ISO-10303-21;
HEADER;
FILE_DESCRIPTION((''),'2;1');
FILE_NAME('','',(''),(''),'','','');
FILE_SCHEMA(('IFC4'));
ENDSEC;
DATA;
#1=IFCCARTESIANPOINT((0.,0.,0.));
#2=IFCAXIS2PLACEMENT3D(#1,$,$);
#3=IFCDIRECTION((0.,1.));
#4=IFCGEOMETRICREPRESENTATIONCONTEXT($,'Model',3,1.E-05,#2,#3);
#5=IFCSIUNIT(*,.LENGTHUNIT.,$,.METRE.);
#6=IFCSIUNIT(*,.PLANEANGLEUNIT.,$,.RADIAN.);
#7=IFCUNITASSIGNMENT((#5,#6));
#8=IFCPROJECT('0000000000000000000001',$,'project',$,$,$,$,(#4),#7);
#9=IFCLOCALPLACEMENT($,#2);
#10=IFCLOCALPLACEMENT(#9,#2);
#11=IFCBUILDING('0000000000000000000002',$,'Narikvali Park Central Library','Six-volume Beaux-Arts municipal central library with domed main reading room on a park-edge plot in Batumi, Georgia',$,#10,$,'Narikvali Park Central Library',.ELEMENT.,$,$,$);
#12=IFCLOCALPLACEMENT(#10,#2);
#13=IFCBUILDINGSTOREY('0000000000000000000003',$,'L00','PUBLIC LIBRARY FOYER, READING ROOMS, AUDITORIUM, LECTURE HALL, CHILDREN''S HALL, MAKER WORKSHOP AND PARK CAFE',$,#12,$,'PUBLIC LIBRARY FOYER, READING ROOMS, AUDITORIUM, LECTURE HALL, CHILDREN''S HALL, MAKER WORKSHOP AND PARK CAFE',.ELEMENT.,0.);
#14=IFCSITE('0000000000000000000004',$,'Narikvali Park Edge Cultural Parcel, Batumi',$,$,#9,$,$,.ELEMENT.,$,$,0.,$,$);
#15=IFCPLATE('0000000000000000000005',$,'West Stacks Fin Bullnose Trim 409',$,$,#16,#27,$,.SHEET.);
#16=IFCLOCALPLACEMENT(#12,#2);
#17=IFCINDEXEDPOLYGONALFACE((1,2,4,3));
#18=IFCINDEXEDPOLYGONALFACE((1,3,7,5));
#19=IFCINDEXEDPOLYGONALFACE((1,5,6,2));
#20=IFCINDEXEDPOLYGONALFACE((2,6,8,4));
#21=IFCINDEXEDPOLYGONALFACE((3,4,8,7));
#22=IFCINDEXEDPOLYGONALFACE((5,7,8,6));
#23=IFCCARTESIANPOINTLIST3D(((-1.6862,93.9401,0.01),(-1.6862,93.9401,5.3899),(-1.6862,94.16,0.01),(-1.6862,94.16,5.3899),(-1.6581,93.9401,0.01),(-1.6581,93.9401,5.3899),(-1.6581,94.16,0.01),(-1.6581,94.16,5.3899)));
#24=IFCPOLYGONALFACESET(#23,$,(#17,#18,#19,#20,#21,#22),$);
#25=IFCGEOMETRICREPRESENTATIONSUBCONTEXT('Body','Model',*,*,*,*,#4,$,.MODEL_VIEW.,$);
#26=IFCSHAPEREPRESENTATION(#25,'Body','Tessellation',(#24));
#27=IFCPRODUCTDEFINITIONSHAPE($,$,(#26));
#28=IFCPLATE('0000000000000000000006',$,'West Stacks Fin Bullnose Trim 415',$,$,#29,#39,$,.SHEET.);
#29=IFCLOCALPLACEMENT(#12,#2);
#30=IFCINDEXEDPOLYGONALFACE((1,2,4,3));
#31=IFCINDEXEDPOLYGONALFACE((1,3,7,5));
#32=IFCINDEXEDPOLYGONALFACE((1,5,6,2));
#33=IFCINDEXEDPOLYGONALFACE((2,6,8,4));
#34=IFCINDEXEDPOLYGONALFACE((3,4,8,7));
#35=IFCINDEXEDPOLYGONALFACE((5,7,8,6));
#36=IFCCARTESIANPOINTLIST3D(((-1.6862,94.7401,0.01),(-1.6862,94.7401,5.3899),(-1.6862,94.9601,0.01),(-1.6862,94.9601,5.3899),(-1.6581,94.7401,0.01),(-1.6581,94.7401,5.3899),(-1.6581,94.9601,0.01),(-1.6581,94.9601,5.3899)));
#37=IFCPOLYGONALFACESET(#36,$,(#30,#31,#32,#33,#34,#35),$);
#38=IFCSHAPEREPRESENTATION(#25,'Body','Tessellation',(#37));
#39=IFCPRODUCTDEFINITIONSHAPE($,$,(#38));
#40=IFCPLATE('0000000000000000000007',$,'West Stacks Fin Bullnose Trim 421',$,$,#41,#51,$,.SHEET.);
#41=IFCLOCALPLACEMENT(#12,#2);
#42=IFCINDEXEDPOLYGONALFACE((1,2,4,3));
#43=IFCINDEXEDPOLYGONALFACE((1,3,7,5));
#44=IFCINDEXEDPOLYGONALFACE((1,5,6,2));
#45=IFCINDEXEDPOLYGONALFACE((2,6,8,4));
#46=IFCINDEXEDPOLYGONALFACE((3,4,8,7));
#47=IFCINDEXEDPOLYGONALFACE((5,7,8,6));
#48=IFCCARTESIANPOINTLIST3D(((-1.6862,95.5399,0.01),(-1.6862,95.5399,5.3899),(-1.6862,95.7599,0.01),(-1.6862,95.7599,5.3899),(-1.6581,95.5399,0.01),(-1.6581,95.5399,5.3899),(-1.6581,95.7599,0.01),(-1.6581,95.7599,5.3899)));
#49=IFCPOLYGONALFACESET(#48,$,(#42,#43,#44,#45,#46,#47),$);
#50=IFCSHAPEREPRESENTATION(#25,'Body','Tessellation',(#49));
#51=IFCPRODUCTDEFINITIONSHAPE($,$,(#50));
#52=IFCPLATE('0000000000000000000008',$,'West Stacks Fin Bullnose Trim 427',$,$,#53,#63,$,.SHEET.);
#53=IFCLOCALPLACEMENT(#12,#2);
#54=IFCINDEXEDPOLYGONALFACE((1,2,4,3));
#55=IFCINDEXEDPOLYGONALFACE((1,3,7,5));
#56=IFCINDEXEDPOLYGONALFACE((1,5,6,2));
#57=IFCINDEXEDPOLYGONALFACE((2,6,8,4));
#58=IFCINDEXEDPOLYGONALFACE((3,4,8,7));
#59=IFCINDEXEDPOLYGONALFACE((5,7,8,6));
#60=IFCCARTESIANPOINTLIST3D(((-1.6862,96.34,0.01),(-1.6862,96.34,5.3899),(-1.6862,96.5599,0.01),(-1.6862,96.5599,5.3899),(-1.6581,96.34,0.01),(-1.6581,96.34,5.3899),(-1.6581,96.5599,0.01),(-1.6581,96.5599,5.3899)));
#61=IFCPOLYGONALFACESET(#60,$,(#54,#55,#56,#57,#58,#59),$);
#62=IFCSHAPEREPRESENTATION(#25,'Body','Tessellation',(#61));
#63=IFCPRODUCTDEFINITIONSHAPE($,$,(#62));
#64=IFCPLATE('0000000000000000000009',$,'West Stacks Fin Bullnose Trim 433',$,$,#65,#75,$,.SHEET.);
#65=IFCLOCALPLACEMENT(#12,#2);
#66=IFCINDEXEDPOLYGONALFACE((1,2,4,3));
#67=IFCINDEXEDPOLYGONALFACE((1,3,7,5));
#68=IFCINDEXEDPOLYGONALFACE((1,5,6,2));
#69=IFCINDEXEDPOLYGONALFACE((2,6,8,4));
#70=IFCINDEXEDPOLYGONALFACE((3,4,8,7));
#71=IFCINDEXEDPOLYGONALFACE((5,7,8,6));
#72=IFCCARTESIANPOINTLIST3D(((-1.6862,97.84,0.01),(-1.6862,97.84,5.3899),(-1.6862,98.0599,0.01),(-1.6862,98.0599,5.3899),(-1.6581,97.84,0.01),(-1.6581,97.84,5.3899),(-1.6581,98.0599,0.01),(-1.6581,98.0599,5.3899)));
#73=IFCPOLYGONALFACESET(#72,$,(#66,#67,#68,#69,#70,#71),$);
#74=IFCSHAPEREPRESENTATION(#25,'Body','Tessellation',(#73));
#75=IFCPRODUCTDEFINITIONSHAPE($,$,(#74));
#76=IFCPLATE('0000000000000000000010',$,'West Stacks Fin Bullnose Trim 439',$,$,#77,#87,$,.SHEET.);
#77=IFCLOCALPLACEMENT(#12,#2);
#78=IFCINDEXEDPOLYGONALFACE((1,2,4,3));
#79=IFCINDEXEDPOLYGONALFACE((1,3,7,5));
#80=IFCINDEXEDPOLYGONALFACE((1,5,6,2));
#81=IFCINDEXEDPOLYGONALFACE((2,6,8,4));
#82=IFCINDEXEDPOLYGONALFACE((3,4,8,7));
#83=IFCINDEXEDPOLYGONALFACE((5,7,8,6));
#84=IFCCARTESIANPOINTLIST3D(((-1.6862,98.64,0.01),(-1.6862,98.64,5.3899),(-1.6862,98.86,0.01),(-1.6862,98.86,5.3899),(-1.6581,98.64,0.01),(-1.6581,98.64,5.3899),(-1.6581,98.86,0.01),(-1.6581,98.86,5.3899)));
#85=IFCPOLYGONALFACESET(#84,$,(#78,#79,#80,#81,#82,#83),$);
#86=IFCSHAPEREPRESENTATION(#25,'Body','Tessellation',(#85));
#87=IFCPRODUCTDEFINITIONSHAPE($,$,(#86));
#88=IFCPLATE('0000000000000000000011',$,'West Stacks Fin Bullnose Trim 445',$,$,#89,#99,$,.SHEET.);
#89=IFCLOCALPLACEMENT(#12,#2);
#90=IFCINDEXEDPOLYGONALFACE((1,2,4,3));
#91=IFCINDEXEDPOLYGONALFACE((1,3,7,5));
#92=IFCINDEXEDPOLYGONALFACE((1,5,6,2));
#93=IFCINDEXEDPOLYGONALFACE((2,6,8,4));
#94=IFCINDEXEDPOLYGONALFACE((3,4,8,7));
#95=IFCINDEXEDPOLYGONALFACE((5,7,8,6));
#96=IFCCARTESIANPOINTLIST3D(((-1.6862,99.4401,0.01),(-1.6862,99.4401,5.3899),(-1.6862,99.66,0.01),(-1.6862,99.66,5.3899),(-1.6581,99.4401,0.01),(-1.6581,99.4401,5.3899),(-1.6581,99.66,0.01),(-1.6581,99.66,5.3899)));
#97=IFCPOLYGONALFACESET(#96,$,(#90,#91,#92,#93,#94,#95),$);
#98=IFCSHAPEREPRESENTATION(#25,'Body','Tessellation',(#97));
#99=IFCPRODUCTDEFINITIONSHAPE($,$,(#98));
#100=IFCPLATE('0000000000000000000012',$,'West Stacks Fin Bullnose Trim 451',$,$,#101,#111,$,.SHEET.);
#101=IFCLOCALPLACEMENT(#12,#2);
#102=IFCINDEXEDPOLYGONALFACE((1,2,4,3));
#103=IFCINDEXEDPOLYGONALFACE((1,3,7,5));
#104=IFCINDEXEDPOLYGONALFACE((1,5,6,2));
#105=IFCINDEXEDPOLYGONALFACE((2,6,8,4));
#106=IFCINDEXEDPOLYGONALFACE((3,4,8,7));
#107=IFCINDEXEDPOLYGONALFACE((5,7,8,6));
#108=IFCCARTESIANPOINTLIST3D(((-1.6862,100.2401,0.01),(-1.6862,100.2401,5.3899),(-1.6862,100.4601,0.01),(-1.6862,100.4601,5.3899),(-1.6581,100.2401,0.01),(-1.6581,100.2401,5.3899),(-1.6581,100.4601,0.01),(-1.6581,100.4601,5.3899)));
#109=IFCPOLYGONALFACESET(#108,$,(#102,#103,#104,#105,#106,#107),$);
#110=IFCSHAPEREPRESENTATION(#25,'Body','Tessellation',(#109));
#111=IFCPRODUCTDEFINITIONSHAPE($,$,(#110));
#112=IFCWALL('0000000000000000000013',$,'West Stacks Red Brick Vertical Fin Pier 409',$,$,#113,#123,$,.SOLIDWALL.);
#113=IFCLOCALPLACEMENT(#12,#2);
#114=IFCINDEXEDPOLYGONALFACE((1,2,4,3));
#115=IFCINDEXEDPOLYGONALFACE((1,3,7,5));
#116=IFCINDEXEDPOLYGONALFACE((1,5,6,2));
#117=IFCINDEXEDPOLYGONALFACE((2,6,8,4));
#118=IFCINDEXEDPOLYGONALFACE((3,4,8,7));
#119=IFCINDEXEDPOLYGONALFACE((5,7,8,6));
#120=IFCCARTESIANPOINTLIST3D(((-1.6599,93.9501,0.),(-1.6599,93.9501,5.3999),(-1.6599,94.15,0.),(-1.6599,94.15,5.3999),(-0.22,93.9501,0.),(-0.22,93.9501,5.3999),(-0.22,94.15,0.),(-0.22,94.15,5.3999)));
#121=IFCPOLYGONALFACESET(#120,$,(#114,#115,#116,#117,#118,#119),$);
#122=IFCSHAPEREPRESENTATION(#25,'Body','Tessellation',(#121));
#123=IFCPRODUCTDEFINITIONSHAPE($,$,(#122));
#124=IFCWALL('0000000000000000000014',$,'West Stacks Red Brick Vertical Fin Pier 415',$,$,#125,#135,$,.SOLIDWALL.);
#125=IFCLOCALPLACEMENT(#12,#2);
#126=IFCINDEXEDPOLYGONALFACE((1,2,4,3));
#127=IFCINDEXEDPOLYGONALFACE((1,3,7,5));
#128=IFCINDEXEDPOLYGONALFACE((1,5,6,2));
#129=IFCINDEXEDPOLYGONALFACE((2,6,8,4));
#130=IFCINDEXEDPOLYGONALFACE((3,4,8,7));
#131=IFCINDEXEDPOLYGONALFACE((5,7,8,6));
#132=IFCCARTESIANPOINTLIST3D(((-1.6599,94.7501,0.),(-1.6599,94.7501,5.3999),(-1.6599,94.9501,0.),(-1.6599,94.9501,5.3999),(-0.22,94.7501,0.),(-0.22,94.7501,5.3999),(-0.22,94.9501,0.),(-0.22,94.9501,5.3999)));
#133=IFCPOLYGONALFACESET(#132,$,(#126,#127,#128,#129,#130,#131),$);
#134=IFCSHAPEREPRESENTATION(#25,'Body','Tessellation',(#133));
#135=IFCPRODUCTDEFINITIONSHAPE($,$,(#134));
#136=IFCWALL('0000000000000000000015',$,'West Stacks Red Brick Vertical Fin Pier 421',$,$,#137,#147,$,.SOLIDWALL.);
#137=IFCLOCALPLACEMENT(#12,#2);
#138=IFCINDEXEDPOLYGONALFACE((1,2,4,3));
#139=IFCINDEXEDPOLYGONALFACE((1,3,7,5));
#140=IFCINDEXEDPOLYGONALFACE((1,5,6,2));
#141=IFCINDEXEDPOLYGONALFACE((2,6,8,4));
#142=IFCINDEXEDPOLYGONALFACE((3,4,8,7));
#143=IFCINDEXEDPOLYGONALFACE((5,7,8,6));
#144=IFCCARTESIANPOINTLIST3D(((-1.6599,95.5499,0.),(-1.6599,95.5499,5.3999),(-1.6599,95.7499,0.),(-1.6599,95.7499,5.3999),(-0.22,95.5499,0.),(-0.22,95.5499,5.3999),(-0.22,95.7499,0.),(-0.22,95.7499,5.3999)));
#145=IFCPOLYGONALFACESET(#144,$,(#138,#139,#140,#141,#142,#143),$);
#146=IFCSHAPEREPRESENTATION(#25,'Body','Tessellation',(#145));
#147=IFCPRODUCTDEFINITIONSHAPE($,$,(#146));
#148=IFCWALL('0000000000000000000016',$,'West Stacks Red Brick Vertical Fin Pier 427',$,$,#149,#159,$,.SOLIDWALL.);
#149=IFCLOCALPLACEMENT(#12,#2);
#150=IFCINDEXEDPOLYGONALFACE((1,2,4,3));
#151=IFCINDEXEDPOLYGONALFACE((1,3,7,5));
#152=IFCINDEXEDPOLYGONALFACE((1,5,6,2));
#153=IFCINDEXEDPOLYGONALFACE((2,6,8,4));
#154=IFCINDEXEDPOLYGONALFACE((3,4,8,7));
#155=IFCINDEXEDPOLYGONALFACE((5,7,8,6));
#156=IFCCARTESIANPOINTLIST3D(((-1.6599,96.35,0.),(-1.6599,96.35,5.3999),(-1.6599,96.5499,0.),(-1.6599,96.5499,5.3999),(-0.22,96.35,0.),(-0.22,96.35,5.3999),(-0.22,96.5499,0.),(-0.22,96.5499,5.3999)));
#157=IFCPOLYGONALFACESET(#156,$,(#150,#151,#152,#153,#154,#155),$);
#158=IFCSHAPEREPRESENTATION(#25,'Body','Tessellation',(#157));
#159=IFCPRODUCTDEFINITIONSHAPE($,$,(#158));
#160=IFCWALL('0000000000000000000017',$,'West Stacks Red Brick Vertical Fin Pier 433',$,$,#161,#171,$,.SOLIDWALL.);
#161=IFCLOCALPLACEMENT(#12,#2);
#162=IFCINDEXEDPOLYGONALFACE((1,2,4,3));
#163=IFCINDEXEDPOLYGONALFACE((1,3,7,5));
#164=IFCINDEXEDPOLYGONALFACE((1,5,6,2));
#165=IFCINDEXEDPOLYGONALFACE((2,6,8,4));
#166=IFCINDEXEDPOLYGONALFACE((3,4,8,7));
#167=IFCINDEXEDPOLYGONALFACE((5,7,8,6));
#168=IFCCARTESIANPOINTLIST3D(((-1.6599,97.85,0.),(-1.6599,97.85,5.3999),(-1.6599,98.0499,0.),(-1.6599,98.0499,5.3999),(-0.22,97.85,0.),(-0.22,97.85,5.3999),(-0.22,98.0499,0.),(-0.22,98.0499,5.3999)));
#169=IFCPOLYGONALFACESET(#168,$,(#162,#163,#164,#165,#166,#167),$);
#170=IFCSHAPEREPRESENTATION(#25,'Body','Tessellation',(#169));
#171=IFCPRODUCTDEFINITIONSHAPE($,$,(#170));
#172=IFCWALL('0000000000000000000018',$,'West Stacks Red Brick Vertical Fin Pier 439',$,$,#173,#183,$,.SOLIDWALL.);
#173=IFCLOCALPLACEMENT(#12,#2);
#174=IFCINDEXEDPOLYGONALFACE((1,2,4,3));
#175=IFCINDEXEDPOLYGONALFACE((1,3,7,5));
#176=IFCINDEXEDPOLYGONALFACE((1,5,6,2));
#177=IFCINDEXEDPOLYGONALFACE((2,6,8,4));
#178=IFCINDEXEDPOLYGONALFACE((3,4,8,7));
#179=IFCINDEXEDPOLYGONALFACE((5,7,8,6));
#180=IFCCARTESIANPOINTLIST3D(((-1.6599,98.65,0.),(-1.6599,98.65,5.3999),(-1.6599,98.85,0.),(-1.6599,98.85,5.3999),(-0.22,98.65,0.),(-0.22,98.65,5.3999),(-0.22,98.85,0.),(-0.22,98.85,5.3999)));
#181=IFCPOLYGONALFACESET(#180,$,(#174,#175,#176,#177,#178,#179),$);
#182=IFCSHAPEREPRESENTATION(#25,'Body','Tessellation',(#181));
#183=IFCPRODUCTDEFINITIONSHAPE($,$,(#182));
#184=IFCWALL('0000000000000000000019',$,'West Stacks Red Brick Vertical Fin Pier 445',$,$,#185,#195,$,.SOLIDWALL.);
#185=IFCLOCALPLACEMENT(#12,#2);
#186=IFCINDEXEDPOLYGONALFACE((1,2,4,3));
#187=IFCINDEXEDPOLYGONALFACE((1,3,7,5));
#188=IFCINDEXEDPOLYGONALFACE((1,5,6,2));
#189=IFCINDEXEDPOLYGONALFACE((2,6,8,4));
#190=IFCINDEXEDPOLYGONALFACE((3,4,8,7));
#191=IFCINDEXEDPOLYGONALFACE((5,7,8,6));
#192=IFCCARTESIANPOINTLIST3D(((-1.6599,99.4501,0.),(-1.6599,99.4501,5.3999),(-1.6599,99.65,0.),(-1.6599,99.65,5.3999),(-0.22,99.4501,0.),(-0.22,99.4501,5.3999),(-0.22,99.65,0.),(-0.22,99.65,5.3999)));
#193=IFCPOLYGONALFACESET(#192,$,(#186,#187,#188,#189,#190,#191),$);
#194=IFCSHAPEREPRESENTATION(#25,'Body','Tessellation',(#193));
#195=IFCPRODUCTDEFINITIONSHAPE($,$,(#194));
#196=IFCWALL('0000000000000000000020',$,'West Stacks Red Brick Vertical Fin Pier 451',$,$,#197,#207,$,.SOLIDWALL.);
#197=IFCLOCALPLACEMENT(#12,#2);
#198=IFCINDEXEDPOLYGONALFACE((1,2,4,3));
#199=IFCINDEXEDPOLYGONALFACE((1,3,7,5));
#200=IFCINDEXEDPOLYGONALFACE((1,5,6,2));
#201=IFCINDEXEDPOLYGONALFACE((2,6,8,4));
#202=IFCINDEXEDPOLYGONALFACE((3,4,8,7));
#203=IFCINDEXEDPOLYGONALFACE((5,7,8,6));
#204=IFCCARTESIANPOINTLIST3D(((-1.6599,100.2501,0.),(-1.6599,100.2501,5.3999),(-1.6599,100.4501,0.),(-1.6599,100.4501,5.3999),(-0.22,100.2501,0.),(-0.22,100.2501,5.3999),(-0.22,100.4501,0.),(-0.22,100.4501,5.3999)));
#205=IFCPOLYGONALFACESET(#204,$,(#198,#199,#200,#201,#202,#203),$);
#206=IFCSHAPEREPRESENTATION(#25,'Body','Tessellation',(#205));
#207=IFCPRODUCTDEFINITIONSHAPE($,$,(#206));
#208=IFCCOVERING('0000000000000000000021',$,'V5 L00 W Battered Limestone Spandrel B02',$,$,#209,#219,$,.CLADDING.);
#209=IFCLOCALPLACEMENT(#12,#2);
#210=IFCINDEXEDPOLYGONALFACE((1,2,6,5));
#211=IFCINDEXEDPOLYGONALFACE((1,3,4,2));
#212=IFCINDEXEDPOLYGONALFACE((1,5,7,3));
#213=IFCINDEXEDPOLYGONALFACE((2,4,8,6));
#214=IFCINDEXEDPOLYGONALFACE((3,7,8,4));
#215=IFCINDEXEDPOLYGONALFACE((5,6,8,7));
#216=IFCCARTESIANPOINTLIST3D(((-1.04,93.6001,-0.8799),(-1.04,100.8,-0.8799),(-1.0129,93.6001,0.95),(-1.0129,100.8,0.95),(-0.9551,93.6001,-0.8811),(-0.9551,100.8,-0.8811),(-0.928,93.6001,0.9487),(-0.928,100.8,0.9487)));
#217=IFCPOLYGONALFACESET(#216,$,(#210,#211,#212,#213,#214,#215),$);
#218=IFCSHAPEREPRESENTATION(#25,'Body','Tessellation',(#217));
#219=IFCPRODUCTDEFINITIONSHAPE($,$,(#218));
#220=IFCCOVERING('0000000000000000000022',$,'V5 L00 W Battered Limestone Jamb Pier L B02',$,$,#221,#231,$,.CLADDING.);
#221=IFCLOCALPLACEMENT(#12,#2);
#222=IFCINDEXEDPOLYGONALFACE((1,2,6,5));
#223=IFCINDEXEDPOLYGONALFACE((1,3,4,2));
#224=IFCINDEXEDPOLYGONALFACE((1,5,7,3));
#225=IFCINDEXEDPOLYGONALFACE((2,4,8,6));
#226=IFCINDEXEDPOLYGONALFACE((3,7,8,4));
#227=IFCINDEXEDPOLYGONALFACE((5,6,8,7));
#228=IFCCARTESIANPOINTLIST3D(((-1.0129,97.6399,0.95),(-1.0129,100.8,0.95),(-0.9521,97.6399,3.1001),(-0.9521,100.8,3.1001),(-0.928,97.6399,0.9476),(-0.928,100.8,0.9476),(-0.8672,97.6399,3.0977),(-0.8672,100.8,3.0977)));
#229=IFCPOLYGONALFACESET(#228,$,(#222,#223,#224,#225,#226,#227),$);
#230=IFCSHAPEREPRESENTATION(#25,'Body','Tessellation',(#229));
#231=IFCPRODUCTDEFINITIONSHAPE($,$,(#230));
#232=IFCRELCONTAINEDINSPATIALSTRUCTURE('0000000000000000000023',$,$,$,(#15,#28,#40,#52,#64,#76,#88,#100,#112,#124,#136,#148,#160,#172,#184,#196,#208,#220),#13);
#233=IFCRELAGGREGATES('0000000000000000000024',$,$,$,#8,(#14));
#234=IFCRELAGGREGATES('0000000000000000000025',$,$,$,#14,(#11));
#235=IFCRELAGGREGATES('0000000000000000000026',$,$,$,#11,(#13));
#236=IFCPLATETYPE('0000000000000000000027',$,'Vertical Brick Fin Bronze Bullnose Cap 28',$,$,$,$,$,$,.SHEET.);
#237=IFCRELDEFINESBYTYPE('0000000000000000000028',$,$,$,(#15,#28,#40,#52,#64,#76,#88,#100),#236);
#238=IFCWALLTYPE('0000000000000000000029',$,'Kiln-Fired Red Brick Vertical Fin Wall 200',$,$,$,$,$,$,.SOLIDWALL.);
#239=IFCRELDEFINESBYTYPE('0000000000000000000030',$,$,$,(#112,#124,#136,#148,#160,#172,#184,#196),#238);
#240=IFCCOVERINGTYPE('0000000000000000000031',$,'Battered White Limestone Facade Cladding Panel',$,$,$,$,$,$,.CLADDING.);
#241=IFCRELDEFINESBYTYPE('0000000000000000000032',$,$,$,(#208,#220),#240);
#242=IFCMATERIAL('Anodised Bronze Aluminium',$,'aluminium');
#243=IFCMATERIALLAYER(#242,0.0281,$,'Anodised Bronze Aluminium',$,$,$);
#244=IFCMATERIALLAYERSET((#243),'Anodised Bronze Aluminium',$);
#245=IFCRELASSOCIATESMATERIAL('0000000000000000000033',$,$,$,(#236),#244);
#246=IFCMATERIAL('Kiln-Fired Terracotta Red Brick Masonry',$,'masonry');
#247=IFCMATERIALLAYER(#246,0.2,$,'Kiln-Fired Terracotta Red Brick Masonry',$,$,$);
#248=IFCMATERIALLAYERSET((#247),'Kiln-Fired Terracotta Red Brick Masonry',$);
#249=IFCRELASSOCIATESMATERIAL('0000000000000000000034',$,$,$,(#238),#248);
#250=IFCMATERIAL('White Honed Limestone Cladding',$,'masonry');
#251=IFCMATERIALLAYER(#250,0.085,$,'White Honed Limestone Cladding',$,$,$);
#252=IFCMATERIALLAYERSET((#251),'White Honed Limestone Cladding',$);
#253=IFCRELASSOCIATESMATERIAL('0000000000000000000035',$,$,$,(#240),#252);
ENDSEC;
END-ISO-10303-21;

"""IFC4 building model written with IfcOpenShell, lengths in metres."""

from ifc_helpers import new_model, si_unit, direction, frame, frame_2d, origin, origin_2d, place, context, subcontext, project, spatial, polyline, rectangle, outline, extrude, material, layer, layer_set, type_object, element, save


model = new_model("IFC4")

# Units and contexts
model_context = context("Model", 3, precision=1e-05, world=origin(), true_north=direction((0.0, 1.0)))
body_context = subcontext(model_context, "Body", "Model", "MODEL_VIEW")
ifc_project = project(units=[si_unit("LENGTHUNIT", "METRE"), si_unit("PLANEANGLEUNIT", "RADIAN")], contexts=[model_context])

# Site, building, storey
site_placement = place(None, origin())
site = spatial("IfcSite", under=ifc_project, at=site_placement, Name="Narikvali Park Edge Cultural Parcel, Batumi", CompositionType="ELEMENT", RefElevation=0.0)
building_placement = place(site_placement, origin())
building = spatial("IfcBuilding", under=site, at=building_placement, Name="Narikvali Park Central Library", Description="Six-volume Beaux-Arts municipal central library with domed main reading room on a park-edge plot in Batumi, Georgia", LongName="Narikvali Park Central Library", CompositionType="ELEMENT")
storey_placement = place(building_placement, origin())
storey = spatial("IfcBuildingStorey", under=building, at=storey_placement, Name="L00", Description="PUBLIC LIBRARY FOYER, READING ROOMS, AUDITORIUM, LECTURE HALL, CHILDREN'S HALL, MAKER WORKSHOP AND PARK CAFE", LongName="PUBLIC LIBRARY FOYER, READING ROOMS, AUDITORIUM, LECTURE HALL, CHILDREN'S HALL, MAKER WORKSHOP AND PARK CAFE", CompositionType="ELEMENT", Elevation=0.0)

# Plates
ifc_material_1 = material(Name="Anodised Bronze Aluminium", Category="aluminium")
ifc_layer_1 = layer(ifc_material_1, 0.0281, Name="Anodised Bronze Aluminium")
ifc_layer_set_1 = layer_set([ifc_layer_1], Name="Anodised Bronze Aluminium")
plate_type = type_object("IfcPlateType", Name="Vertical Brick Fin Bronze Bullnose Cap 28", PredefinedType="SHEET", material=ifc_layer_set_1)
for number, where, z_axis, x_axis, name in (
    (1, (-1.6721, 94.05, 0.01), (0.0, 0.0, 1.0), (1.0, 0.0, 0.0), "West Stacks Fin Bullnose Trim 409"),
    (2, (-1.6721, 94.8501, 0.01), (0.0, 0.0, 1.0), (1.0, 0.0, 0.0), "West Stacks Fin Bullnose Trim 415"),
    (3, (-1.6721, 95.6499, 0.01), (0.0, 0.0, 1.0), (1.0, 0.0, 0.0), "West Stacks Fin Bullnose Trim 421"),
    (4, (-1.6721, 96.45, 0.01), (0.0, 0.0, 1.0), (1.0, 0.0, 0.0), "West Stacks Fin Bullnose Trim 427"),
    (5, (-1.6721, 97.95, 0.01), (0.0, 0.0, 1.0), (1.0, 0.0, 0.0), "West Stacks Fin Bullnose Trim 433"),
    (6, (-1.6721, 98.75, 0.01), (0.0, 0.0, 1.0), (1.0, 0.0, 0.0), "West Stacks Fin Bullnose Trim 439"),
    (7, (-1.6721, 99.55, 0.01), (0.0, 0.0, 1.0), (1.0, 0.0, 0.0), "West Stacks Fin Bullnose Trim 445"),
    (8, (-1.6721, 100.3501, 0.01), (0.0, 0.0, 1.0), (1.0, 0.0, 0.0), "West Stacks Fin Bullnose Trim 451"),
):
    element("IfcPlate", number, at=place(storey_placement, frame(where, z_axis=z_axis, x_axis=x_axis)), inside=storey, type_object=plate_type, Name=name, PredefinedType="SHEET", context=body_context, shape_type="SweptSolid", body=[
        extrude(rectangle(XDim=0.0281, YDim=0.22, at=origin_2d()), origin(), (0.0, 0.0, 1.0), 5.3799),
    ])

# Walls
ifc_material_2 = material(Name="Kiln-Fired Terracotta Red Brick Masonry", Category="masonry")
ifc_layer_2 = layer(ifc_material_2, 0.2, Name="Kiln-Fired Terracotta Red Brick Masonry")
ifc_layer_set_2 = layer_set([ifc_layer_2], Name="Kiln-Fired Terracotta Red Brick Masonry")
wall_type = type_object("IfcWallType", Name="Kiln-Fired Red Brick Vertical Fin Wall 200", PredefinedType="SOLIDWALL", material=ifc_layer_set_2)
for number, where, z_axis, x_axis, name in (
    (9, (-1.6599, 94.05, 0.0), (0.0, 0.0, 1.0), (1.0, 0.0, 0.0), "West Stacks Red Brick Vertical Fin Pier 409"),
    (10, (-1.6599, 94.8501, 0.0), (0.0, 0.0, 1.0), (1.0, 0.0, 0.0), "West Stacks Red Brick Vertical Fin Pier 415"),
    (11, (-1.6599, 95.6499, 0.0), (0.0, 0.0, 1.0), (1.0, 0.0, 0.0), "West Stacks Red Brick Vertical Fin Pier 421"),
    (12, (-1.6599, 96.45, 0.0), (0.0, 0.0, 1.0), (1.0, 0.0, 0.0), "West Stacks Red Brick Vertical Fin Pier 427"),
    (13, (-1.6599, 97.95, 0.0), (0.0, 0.0, 1.0), (1.0, 0.0, 0.0), "West Stacks Red Brick Vertical Fin Pier 433"),
    (14, (-1.6599, 98.75, 0.0), (0.0, 0.0, 1.0), (1.0, 0.0, 0.0), "West Stacks Red Brick Vertical Fin Pier 439"),
    (15, (-1.6599, 99.55, 0.0), (0.0, 0.0, 1.0), (1.0, 0.0, 0.0), "West Stacks Red Brick Vertical Fin Pier 445"),
    (16, (-1.6599, 100.3501, 0.0), (0.0, 0.0, 1.0), (1.0, 0.0, 0.0), "West Stacks Red Brick Vertical Fin Pier 451"),
):
    element("IfcWall", number, at=place(storey_placement, frame(where, z_axis=z_axis, x_axis=x_axis)), inside=storey, type_object=wall_type, Name=name, PredefinedType="SOLIDWALL", context=body_context, shape_type="SweptSolid", body=[
        extrude(rectangle(XDim=1.4399, YDim=0.2, at=frame_2d((0.72, 0.0))), origin(), (0.0, 0.0, 1.0), 5.3999),
    ])

# Coverings
ifc_material_3 = material(Name="White Honed Limestone Cladding", Category="masonry")
ifc_layer_3 = layer(ifc_material_3, 0.085, Name="White Honed Limestone Cladding")
ifc_layer_set_3 = layer_set([ifc_layer_3], Name="White Honed Limestone Cladding")
covering_type = type_object("IfcCoveringType", Name="Battered White Limestone Facade Cladding Panel", PredefinedType="CLADDING", material=ifc_layer_set_3)
covering_1_placement = place(storey_placement, frame((-1.04, 100.8, -0.8799), z_axis=(-0.99989, 0.0, 0.014808), x_axis=(0.0, -1.0, 0.0)))
element("IfcCovering", 17, at=covering_1_placement, inside=storey, type_object=covering_type, Name="V5 L00 W Battered Limestone Spandrel B02", PredefinedType="CLADDING", context=body_context, shape_type="SweptSolid", body=[
    extrude(outline(polyline([(0.0, 0.0), (7.2, 0.0), (7.2, 1.83), (0.0, 1.83), (0.0, 0.0)])), origin(), (0.0, 0.0, -1.0), 0.085),
])
covering_2_placement = place(storey_placement, frame((-1.0129, 100.8, 0.95), z_axis=(-0.999601, 0.0, 0.028262), x_axis=(0.0, -1.0, 0.0)))
element("IfcCovering", 18, at=covering_2_placement, inside=storey, type_object=covering_type, Name="V5 L00 W Battered Limestone Jamb Pier L B02", PredefinedType="CLADDING", context=body_context, shape_type="SweptSolid", body=[
    extrude(outline(polyline([(0.0, 0.0), (3.1602, 0.0), (3.1602, 2.151), (0.0, 2.151), (0.0, 0.0)])), origin(), (0.0, 0.0, -1.0), 0.085),
])

save(model, "model.ifc")
